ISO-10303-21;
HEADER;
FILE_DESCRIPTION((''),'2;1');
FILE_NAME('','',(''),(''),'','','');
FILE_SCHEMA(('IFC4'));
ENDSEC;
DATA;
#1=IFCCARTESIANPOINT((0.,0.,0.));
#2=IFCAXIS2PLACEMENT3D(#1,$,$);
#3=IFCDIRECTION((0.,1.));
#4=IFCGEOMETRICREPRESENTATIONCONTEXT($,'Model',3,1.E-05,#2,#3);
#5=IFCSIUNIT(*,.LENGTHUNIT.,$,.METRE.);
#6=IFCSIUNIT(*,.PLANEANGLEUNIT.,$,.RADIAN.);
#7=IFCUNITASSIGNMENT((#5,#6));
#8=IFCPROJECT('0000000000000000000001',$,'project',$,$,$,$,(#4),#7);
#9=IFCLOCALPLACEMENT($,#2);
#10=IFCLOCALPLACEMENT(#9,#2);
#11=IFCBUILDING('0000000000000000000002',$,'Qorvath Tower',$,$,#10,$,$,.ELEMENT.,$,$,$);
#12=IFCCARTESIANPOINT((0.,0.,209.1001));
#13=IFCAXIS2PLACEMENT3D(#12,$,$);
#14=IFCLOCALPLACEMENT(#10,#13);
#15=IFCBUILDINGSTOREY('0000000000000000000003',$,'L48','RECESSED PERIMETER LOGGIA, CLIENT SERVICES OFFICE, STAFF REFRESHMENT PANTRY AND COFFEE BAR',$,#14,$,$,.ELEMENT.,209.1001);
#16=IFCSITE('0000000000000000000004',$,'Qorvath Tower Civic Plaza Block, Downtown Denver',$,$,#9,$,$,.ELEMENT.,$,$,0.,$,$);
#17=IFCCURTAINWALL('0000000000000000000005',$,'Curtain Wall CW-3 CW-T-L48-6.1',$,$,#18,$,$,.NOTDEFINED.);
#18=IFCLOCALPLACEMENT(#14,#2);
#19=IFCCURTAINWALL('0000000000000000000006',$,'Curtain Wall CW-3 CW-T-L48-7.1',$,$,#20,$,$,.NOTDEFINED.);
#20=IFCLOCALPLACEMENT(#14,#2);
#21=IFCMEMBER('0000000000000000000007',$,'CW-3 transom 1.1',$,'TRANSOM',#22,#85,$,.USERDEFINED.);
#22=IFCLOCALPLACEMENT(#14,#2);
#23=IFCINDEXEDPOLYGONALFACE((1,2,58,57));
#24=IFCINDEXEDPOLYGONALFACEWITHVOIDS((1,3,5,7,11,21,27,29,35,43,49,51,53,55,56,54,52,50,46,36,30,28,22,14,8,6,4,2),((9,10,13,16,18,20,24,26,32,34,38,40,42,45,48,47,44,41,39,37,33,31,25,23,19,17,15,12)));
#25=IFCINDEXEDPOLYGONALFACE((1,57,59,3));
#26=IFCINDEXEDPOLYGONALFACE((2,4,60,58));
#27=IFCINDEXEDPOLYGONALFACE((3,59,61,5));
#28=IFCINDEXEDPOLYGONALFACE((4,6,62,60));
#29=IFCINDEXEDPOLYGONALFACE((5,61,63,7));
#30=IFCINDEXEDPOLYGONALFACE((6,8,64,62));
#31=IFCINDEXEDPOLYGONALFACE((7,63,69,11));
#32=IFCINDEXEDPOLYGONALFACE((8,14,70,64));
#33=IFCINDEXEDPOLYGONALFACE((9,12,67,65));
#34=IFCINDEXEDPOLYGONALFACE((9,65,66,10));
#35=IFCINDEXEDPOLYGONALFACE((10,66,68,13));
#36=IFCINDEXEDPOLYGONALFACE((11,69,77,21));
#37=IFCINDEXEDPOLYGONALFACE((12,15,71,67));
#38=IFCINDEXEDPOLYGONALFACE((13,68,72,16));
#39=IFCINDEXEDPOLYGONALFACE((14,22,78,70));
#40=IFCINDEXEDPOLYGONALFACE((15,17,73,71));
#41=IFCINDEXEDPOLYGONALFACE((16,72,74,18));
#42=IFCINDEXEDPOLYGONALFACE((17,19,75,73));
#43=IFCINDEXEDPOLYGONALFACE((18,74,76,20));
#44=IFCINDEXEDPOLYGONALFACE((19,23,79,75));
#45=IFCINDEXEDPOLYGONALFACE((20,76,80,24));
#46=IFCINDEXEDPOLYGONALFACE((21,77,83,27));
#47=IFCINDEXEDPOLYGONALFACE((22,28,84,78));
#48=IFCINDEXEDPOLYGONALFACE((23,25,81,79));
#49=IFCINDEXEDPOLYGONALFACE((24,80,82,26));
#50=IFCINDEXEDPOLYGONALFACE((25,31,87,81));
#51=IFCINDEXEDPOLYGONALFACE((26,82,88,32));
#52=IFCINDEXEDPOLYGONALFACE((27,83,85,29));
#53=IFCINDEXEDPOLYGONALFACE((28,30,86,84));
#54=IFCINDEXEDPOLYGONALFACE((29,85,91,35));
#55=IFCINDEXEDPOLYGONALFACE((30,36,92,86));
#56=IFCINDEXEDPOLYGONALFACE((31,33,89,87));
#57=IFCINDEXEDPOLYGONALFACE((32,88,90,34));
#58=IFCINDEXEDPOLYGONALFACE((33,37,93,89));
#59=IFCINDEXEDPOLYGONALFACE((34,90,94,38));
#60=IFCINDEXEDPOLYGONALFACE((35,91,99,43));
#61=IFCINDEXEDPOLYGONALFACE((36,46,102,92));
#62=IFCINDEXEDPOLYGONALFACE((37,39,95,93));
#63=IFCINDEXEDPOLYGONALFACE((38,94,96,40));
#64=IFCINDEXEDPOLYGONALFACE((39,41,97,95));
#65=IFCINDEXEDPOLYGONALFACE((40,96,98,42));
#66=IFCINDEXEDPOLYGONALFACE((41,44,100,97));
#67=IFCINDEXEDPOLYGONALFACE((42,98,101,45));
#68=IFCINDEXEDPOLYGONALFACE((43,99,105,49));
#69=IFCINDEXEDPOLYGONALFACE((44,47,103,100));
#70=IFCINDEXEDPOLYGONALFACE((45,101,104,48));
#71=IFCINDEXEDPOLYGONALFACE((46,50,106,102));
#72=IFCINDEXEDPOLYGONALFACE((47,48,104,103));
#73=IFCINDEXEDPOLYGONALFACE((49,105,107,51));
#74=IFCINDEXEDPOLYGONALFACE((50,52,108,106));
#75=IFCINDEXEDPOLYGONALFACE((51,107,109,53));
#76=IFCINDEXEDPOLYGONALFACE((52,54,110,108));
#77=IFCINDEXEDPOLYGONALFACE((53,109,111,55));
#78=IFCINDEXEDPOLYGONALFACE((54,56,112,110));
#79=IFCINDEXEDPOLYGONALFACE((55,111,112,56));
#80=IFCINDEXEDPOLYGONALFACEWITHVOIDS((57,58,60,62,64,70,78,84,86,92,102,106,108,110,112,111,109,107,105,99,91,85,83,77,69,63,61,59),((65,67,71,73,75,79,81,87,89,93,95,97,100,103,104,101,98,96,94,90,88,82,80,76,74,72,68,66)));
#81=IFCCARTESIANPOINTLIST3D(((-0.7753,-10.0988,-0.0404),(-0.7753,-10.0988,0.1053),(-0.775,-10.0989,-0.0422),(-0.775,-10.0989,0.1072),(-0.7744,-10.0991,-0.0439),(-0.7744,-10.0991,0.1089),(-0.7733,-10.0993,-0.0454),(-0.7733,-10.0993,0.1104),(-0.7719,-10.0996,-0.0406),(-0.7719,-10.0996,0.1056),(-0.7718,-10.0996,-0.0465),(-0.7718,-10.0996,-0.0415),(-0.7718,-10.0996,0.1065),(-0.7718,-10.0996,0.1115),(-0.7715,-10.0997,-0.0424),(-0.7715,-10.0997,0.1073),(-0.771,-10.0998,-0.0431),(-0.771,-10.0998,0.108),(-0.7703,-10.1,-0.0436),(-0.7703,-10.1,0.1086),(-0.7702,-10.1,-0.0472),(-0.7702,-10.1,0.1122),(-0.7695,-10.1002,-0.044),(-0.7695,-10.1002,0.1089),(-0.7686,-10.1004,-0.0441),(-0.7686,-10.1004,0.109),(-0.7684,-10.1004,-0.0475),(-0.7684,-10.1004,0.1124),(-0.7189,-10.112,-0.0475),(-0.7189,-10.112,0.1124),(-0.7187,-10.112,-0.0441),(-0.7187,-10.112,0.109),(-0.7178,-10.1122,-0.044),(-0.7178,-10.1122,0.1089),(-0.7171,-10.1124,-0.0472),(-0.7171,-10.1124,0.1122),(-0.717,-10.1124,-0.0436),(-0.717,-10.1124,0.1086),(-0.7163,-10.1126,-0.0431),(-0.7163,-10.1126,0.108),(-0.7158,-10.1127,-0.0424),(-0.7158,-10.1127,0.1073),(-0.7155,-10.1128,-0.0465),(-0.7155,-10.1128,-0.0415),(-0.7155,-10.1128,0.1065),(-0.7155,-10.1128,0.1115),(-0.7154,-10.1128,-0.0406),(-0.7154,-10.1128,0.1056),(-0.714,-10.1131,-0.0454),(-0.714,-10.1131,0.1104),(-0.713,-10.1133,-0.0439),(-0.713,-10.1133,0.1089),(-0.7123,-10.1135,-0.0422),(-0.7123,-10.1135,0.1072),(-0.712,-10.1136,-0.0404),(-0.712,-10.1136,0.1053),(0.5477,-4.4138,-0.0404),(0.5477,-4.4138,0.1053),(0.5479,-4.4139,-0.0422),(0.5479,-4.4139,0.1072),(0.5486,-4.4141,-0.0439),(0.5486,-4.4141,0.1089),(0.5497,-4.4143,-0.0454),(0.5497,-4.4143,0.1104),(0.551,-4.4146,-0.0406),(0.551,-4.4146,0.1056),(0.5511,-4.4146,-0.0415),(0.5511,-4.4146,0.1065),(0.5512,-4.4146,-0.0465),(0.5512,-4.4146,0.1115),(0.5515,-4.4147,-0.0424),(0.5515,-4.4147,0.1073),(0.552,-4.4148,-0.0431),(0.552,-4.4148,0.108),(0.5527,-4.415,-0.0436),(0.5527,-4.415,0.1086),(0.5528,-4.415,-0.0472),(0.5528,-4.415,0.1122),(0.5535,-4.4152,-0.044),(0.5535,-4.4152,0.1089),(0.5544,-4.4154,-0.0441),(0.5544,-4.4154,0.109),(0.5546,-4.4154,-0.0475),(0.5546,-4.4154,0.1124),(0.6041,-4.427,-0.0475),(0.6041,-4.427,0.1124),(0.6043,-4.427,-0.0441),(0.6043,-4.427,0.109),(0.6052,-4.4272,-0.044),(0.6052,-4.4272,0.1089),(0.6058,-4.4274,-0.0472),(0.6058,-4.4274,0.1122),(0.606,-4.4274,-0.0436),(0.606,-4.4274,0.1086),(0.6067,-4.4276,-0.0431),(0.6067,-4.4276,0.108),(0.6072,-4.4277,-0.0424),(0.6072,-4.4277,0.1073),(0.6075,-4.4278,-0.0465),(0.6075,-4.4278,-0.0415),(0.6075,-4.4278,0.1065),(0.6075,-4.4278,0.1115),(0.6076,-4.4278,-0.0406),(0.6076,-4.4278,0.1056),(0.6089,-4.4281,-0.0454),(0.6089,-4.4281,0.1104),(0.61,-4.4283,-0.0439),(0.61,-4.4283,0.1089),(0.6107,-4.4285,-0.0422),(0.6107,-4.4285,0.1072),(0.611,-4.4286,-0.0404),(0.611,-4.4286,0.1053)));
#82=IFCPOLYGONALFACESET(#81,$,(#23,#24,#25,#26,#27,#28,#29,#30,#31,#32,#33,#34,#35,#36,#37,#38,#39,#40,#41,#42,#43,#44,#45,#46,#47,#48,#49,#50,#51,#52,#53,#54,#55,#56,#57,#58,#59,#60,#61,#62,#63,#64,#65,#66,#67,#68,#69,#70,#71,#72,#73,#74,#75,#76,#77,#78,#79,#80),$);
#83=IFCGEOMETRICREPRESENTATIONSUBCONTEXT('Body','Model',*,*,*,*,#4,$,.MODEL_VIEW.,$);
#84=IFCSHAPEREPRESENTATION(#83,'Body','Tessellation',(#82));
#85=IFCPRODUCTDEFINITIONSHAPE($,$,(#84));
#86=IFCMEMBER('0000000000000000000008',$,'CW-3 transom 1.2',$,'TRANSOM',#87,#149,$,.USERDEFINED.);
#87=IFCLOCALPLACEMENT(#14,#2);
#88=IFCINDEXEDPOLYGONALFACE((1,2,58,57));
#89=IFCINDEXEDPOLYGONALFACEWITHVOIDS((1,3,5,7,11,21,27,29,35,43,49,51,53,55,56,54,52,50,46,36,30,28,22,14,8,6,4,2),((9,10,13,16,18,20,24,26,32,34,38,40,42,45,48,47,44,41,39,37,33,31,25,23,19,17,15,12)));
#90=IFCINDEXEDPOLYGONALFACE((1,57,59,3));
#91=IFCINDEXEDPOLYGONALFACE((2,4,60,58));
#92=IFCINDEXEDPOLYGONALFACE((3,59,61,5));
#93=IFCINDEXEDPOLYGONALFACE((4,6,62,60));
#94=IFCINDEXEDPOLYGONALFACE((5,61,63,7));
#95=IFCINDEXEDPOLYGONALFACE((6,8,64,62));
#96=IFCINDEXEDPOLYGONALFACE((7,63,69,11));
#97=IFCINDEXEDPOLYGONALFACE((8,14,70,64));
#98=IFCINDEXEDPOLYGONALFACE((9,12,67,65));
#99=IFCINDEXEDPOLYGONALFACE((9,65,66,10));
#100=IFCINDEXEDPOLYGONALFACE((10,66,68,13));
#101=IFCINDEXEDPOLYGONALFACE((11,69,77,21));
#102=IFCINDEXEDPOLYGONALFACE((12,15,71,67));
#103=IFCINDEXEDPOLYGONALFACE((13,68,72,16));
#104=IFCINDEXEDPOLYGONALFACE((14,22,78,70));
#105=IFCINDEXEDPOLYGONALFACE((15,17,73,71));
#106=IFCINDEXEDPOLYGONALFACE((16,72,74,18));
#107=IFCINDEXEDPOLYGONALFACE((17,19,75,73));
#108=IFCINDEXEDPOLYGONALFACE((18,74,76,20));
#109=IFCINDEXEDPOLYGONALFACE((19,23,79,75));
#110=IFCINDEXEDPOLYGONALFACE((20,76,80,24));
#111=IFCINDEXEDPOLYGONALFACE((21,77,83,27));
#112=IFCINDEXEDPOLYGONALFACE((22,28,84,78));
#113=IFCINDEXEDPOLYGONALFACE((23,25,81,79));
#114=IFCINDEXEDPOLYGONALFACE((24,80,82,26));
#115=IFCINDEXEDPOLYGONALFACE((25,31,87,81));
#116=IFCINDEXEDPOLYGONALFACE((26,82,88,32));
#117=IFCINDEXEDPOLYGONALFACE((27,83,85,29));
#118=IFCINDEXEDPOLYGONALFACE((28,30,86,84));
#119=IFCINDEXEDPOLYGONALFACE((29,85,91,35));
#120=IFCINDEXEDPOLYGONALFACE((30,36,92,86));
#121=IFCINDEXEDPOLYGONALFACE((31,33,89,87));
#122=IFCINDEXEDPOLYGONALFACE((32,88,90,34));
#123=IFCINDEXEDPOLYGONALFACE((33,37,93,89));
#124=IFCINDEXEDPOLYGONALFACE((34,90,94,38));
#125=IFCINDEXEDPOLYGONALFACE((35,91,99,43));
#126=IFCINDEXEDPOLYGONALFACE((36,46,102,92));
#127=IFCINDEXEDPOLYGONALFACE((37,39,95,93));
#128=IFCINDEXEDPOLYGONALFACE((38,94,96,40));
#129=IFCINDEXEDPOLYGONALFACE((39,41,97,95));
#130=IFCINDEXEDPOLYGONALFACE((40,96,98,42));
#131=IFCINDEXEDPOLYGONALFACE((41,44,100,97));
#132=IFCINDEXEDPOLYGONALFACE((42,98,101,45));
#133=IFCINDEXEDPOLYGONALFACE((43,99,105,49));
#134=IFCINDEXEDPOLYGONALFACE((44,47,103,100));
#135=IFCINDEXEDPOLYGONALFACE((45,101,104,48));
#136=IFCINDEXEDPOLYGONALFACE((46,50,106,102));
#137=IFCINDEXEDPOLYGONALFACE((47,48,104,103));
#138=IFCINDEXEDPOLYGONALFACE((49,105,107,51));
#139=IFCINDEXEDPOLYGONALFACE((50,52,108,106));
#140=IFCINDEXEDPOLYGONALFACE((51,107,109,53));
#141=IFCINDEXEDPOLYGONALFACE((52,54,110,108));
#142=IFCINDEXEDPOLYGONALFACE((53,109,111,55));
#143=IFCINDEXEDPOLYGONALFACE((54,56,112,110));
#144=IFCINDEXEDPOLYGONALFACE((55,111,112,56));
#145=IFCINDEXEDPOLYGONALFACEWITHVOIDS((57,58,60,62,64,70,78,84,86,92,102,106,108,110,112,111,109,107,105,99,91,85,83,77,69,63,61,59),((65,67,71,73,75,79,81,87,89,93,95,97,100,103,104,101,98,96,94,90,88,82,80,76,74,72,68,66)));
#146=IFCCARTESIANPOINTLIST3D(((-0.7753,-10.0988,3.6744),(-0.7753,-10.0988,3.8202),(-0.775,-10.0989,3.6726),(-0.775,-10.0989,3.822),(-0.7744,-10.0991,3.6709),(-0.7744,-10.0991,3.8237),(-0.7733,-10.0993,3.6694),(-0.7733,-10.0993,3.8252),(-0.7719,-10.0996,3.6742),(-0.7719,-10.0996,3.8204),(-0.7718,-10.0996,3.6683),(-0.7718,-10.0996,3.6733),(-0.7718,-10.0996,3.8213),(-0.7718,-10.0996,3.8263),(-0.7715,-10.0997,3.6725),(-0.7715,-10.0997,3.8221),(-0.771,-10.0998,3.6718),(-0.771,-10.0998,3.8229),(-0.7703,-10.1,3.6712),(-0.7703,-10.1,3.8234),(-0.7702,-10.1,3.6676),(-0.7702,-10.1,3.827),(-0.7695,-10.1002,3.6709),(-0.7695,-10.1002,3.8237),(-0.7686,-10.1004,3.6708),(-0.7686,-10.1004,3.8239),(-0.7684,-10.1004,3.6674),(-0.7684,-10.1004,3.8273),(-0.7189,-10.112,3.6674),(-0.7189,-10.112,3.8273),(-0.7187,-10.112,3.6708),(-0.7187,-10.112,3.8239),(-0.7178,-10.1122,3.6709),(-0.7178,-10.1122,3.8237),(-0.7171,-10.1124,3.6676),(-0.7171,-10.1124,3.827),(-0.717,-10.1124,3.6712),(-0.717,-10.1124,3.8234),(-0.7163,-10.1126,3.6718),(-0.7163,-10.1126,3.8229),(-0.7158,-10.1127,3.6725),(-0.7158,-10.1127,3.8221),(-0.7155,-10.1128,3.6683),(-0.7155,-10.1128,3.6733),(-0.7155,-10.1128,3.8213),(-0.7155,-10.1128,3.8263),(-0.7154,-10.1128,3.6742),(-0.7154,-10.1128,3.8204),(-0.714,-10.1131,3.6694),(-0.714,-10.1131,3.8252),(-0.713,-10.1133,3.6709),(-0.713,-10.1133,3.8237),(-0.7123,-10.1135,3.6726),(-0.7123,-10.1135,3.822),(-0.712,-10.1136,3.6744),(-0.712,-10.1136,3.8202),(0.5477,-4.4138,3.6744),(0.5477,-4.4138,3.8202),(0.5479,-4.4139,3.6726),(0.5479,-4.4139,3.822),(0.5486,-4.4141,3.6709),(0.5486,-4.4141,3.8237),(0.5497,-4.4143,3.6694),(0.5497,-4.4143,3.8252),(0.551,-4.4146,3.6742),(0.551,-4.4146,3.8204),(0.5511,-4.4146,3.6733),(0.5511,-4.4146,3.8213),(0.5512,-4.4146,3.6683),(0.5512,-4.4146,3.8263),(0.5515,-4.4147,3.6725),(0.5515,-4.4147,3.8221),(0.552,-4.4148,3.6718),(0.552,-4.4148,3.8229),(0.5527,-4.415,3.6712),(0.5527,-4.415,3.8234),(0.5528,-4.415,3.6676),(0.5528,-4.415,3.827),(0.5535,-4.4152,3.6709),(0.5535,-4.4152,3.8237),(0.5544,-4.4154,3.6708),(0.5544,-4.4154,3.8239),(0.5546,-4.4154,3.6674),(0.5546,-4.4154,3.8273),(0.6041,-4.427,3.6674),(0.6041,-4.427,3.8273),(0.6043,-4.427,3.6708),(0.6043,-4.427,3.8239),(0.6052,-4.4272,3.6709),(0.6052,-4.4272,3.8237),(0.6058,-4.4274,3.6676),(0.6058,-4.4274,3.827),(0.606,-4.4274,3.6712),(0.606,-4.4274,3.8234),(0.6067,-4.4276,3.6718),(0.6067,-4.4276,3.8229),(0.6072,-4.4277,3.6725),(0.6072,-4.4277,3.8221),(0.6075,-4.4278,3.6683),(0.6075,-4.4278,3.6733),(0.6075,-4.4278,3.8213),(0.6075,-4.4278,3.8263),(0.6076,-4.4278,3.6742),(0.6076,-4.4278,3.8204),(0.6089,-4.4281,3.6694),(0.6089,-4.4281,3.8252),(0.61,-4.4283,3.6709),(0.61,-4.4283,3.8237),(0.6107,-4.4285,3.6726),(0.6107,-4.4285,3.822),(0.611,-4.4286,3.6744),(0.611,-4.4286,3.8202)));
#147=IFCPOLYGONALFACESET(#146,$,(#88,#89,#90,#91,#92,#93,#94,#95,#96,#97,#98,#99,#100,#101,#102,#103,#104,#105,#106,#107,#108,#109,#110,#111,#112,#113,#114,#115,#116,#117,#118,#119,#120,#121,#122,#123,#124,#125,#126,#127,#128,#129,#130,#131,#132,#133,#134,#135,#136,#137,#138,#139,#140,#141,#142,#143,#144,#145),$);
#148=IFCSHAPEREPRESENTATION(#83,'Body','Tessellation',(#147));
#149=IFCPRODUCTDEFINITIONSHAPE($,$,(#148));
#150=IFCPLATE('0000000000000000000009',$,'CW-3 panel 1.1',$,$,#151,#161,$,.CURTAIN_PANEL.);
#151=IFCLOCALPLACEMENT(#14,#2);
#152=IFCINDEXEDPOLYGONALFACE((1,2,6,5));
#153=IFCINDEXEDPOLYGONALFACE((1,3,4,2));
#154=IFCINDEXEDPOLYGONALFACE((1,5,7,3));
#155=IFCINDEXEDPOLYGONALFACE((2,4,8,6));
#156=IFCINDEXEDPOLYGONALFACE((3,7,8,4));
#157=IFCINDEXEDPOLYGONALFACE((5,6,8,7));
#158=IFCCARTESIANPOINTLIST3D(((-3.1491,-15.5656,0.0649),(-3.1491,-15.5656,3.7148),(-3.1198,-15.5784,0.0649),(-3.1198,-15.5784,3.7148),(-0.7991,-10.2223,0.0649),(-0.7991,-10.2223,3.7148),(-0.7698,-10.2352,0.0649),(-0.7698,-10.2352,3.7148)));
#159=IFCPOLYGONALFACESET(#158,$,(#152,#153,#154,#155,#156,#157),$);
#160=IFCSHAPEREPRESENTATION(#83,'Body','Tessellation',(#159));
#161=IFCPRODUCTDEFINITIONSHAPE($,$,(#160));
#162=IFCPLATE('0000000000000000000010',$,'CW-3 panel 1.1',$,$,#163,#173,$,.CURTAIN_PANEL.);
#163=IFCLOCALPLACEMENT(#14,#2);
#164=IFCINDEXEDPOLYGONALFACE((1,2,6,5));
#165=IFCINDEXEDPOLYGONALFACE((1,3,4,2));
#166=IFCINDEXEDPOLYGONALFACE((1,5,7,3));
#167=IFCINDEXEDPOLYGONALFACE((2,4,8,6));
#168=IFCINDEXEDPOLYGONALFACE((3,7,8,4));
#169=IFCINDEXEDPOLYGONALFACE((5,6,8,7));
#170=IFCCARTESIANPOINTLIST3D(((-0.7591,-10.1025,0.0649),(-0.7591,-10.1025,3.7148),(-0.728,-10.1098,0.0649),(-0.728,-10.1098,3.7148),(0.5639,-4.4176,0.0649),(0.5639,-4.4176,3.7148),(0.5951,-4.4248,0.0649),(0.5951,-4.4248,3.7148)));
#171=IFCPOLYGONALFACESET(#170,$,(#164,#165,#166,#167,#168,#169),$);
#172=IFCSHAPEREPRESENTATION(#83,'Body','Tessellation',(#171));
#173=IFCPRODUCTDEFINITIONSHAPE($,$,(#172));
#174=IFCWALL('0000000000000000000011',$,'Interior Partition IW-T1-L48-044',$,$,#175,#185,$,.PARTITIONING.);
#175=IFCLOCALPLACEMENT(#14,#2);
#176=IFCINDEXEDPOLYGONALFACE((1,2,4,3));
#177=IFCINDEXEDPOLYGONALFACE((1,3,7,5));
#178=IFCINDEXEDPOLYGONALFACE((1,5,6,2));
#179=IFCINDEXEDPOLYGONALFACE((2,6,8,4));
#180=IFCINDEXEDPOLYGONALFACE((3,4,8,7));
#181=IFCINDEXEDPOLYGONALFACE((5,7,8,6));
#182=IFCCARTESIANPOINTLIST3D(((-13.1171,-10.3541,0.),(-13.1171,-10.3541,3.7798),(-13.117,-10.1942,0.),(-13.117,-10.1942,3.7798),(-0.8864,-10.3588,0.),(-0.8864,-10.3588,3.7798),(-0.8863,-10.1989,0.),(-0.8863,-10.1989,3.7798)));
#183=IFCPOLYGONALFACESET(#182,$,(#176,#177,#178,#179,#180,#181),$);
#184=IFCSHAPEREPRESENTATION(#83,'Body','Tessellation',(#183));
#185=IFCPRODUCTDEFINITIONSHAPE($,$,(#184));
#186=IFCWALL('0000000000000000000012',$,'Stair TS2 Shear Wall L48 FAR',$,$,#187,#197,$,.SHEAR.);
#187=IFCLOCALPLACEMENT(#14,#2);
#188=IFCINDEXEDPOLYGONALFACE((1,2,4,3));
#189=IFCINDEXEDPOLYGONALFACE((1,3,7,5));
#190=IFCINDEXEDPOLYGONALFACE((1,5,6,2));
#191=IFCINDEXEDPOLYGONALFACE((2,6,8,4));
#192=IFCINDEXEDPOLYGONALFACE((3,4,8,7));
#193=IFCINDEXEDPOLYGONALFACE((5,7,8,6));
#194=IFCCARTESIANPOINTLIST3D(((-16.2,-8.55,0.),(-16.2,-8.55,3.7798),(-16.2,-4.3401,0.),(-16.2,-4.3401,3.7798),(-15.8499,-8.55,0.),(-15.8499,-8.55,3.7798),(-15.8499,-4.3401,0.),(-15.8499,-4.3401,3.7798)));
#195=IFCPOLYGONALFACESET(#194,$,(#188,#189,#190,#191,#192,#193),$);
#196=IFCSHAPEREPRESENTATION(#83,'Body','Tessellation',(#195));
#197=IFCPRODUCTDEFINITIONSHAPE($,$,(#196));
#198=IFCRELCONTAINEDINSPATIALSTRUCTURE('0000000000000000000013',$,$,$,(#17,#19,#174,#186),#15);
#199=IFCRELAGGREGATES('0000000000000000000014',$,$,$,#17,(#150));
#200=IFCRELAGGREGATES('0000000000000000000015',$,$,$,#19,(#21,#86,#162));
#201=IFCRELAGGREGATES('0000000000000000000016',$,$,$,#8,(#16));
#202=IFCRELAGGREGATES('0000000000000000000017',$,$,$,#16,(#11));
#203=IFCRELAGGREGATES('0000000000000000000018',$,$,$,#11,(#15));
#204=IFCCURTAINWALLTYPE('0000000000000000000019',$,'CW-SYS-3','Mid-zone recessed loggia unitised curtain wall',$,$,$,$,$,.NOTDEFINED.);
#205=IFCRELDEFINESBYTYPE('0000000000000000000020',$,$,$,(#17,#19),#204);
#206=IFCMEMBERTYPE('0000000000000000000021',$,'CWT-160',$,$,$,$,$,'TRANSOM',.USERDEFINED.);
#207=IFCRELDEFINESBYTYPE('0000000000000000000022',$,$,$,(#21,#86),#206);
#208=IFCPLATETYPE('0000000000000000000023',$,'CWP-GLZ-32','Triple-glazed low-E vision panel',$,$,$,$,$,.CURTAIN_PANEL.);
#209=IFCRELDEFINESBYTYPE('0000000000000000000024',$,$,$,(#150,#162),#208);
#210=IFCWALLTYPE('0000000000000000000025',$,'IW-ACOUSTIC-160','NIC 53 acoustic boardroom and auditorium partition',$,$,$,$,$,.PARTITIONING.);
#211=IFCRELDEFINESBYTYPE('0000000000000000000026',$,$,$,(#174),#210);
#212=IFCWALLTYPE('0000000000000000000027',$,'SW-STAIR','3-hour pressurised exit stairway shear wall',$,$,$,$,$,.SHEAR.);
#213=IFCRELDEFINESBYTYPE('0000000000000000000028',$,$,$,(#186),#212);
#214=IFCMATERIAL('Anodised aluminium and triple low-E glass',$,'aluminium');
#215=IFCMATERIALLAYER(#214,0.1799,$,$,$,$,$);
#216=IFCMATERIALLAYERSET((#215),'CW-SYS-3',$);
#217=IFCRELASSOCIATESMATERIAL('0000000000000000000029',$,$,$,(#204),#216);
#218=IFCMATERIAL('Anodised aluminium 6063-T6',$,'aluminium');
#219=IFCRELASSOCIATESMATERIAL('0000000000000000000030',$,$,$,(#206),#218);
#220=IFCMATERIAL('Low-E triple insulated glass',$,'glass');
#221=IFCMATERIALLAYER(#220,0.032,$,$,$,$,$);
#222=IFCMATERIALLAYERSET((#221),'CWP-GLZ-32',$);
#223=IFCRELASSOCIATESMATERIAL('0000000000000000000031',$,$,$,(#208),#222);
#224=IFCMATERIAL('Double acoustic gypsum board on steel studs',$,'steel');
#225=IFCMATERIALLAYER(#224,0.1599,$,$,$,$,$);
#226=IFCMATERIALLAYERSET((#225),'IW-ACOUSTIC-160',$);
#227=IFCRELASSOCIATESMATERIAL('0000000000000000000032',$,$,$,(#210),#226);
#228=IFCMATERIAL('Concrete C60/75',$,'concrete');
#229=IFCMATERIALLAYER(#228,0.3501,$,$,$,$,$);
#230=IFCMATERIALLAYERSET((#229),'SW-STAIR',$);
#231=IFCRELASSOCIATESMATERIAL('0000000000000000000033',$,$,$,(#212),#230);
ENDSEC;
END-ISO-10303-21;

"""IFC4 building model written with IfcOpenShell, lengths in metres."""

from ifc_helpers import new_model, si_unit, direction, frame, frame_2d, origin, origin_2d, place, context, subcontext, project, spatial, rectangle, hollow_rectangle, extrude, material, layer, layer_set, material_profile, profile_set, type_object, element, aggregate, save


model = new_model("IFC4")

# Units and contexts
model_context = context("Model", 3, precision=1e-05, world=origin(), true_north=direction((0.0, 1.0)))
body_context = subcontext(model_context, "Body", "Model", "MODEL_VIEW")
ifc_project = project(units=[si_unit("LENGTHUNIT", "METRE"), si_unit("PLANEANGLEUNIT", "RADIAN")], contexts=[model_context])

# Site, building, storey
site_placement = place(None, origin())
site = spatial("IfcSite", under=ifc_project, at=site_placement, Name="Qorvath Tower Civic Plaza Block, Downtown Denver", CompositionType="ELEMENT", RefElevation=0.0)
building_placement = place(site_placement, origin())
building = spatial("IfcBuilding", under=site, at=building_placement, Name="Qorvath Tower", CompositionType="ELEMENT")
storey_placement = place(building_placement, frame((0.0, 0.0, 209.1001)))
storey = spatial("IfcBuildingStorey", under=building, at=storey_placement, Name="L48", Description="RECESSED PERIMETER LOGGIA, CLIENT SERVICES OFFICE, STAFF REFRESHMENT PANTRY AND COFFEE BAR", CompositionType="ELEMENT", Elevation=209.1001)

# Curtain wall
ifc_material_1 = material(Name="Anodised aluminium and triple low-E glass", Category="aluminium")
ifc_layer_1 = layer(ifc_material_1, 0.1799)
ifc_layer_set_1 = layer_set([ifc_layer_1], Name="CW-SYS-3")
curtain_wall_type = type_object("IfcCurtainWallType", Name="CW-SYS-3", Description="Mid-zone recessed loggia unitised curtain wall", PredefinedType="NOTDEFINED", material=ifc_layer_set_1)
curtain_wall_1_placement = place(storey_placement, origin())
curtain_wall_1 = element("IfcCurtainWall", 1, at=curtain_wall_1_placement, inside=storey, type_object=curtain_wall_type, Name="Curtain Wall CW-3 CW-T-L48-6.1", PredefinedType="NOTDEFINED")

# Curtain wall
curtain_wall_2_placement = place(storey_placement, origin())
curtain_wall_2 = element("IfcCurtainWall", 2, at=curtain_wall_2_placement, inside=storey, type_object=curtain_wall_type, Name="Curtain Wall CW-3 CW-T-L48-7.1", PredefinedType="NOTDEFINED")

# Members
ifc_material_2 = material(Name="Anodised aluminium 6063-T6", Category="aluminium")
ifc_material_profile_1 = material_profile(ifc_material_2, hollow_rectangle(XDim=0.0649, YDim=0.1599, WallThickness=0.0034, InnerFilletRadius=0.0034, OuterFilletRadius=0.0071, at=origin_2d()), Name="CWT 160x65")
ifc_profile_set_1 = profile_set([ifc_material_profile_1], Name="Anodised aluminium 6063-T6")
member_type_1 = type_object("IfcMemberType", Name="CWT-160", ElementType="TRANSOM", PredefinedType="USERDEFINED", material=ifc_profile_set_1)
member_1_placement = place(storey_placement, frame((-0.7437, -10.1062, 0.0325), z_axis=(0.226658, 0.973974, 0.0), x_axis=(-0.973974, 0.226658, 0.0)))
member_1 = element("IfcMember", 3, at=member_1_placement, type_object=member_type_1, Name="CW-3 transom 1.1", ObjectType="TRANSOM", PredefinedType="USERDEFINED", context=body_context, shape_type="SweptSolid", body=[
    extrude(hollow_rectangle(XDim=0.0649, YDim=0.1599, WallThickness=0.0034, InnerFilletRadius=0.0034, OuterFilletRadius=0.0071, at=origin_2d()), origin(), (0.0, 0.0, 1.0), 5.8369),
])
member_2_placement = place(storey_placement, frame((-0.7437, -10.1062, 3.7473), z_axis=(0.226658, 0.973974, 0.0), x_axis=(-0.973974, 0.226658, 0.0)))
member_2 = element("IfcMember", 4, at=member_2_placement, type_object=member_type_1, Name="CW-3 transom 1.2", ObjectType="TRANSOM", PredefinedType="USERDEFINED", context=body_context, shape_type="SweptSolid", body=[
    extrude(hollow_rectangle(XDim=0.0649, YDim=0.1599, WallThickness=0.0034, InnerFilletRadius=0.0034, OuterFilletRadius=0.0071, at=origin_2d()), origin(), (0.0, 0.0, 1.0), 5.8369),
])

# Plates
ifc_material_3 = material(Name="Low-E triple insulated glass", Category="glass")
ifc_layer_2 = layer(ifc_material_3, 0.032)
ifc_layer_set_2 = layer_set([ifc_layer_2], Name="CWP-GLZ-32")
plate_type = type_object("IfcPlateType", Name="CWP-GLZ-32", Description="Triple-glazed low-E vision panel", PredefinedType="CURTAIN_PANEL", material=ifc_layer_set_2)
plate_1_placement = place(storey_placement, frame((-1.9595, -12.9004, 0.0649), z_axis=(0.0, 0.0, 1.0), x_axis=(0.402589, 0.915381, 0.0)))
plate_1 = element("IfcPlate", 5, at=plate_1_placement, type_object=plate_type, Name="CW-3 panel 1.1", PredefinedType="CURTAIN_PANEL", context=body_context, shape_type="SweptSolid", body=[
    extrude(rectangle(XDim=5.8372, YDim=0.032, at=origin_2d()), origin(), (0.0, 0.0, 1.0), 3.6499),
])
aggregate(curtain_wall_1, [plate_1])
plate_2_placement = place(storey_placement, frame((-0.082, -7.2637, 0.0649), z_axis=(0.0, 0.0, 1.0), x_axis=(0.226671, 0.973971, 0.0)))
plate_2 = element("IfcPlate", 6, at=plate_2_placement, type_object=plate_type, Name="CW-3 panel 1.1", PredefinedType="CURTAIN_PANEL", context=body_context, shape_type="SweptSolid", body=[
    extrude(rectangle(XDim=5.8369, YDim=0.032, at=origin_2d()), origin(), (0.0, 0.0, 1.0), 3.6499),
])
aggregate(curtain_wall_2, [member_1, member_2, plate_2])

# Wall
ifc_material_4 = material(Name="Double acoustic gypsum board on steel studs", Category="steel")
ifc_layer_3 = layer(ifc_material_4, 0.1599)
ifc_layer_set_3 = layer_set([ifc_layer_3], Name="IW-ACOUSTIC-160")
wall_type_1 = type_object("IfcWallType", Name="IW-ACOUSTIC-160", Description="NIC 53 acoustic boardroom and auditorium partition", PredefinedType="PARTITIONING", material=ifc_layer_set_3)
wall_1_placement = place(storey_placement, frame((-0.8865, -10.2788, 0.0), z_axis=(0.0, 0.0, 1.0), x_axis=(-1.0, 0.000379, 0.0)))
element("IfcWall", 7, at=wall_1_placement, inside=storey, type_object=wall_type_1, Name="Interior Partition IW-T1-L48-044", PredefinedType="PARTITIONING", context=body_context, shape_type="SweptSolid", body=[
    extrude(rectangle(XDim=12.2307, YDim=0.1599, at=frame_2d((6.1152, 0.0))), origin(), (0.0, 0.0, 1.0), 3.7798),
])

# Wall
ifc_material_5 = material(Name="Concrete C60/75", Category="concrete")
ifc_layer_4 = layer(ifc_material_5, 0.3501)
ifc_layer_set_4 = layer_set([ifc_layer_4], Name="SW-STAIR")
wall_type_2 = type_object("IfcWallType", Name="SW-STAIR", Description="3-hour pressurised exit stairway shear wall", PredefinedType="SHEAR", material=ifc_layer_set_4)
wall_2_placement = place(storey_placement, frame((-16.0249, -8.55, 0.0), z_axis=(0.0, 0.0, 1.0), x_axis=(0.0, 1.0, 0.0)))
element("IfcWall", 8, at=wall_2_placement, inside=storey, type_object=wall_type_2, Name="Stair TS2 Shear Wall L48 FAR", PredefinedType="SHEAR", context=body_context, shape_type="SweptSolid", body=[
    extrude(rectangle(XDim=4.21, YDim=0.3501, at=frame_2d((2.105, 0.0))), origin(), (0.0, 0.0, 1.0), 3.7798),
])

save(model, "model.ifc")
